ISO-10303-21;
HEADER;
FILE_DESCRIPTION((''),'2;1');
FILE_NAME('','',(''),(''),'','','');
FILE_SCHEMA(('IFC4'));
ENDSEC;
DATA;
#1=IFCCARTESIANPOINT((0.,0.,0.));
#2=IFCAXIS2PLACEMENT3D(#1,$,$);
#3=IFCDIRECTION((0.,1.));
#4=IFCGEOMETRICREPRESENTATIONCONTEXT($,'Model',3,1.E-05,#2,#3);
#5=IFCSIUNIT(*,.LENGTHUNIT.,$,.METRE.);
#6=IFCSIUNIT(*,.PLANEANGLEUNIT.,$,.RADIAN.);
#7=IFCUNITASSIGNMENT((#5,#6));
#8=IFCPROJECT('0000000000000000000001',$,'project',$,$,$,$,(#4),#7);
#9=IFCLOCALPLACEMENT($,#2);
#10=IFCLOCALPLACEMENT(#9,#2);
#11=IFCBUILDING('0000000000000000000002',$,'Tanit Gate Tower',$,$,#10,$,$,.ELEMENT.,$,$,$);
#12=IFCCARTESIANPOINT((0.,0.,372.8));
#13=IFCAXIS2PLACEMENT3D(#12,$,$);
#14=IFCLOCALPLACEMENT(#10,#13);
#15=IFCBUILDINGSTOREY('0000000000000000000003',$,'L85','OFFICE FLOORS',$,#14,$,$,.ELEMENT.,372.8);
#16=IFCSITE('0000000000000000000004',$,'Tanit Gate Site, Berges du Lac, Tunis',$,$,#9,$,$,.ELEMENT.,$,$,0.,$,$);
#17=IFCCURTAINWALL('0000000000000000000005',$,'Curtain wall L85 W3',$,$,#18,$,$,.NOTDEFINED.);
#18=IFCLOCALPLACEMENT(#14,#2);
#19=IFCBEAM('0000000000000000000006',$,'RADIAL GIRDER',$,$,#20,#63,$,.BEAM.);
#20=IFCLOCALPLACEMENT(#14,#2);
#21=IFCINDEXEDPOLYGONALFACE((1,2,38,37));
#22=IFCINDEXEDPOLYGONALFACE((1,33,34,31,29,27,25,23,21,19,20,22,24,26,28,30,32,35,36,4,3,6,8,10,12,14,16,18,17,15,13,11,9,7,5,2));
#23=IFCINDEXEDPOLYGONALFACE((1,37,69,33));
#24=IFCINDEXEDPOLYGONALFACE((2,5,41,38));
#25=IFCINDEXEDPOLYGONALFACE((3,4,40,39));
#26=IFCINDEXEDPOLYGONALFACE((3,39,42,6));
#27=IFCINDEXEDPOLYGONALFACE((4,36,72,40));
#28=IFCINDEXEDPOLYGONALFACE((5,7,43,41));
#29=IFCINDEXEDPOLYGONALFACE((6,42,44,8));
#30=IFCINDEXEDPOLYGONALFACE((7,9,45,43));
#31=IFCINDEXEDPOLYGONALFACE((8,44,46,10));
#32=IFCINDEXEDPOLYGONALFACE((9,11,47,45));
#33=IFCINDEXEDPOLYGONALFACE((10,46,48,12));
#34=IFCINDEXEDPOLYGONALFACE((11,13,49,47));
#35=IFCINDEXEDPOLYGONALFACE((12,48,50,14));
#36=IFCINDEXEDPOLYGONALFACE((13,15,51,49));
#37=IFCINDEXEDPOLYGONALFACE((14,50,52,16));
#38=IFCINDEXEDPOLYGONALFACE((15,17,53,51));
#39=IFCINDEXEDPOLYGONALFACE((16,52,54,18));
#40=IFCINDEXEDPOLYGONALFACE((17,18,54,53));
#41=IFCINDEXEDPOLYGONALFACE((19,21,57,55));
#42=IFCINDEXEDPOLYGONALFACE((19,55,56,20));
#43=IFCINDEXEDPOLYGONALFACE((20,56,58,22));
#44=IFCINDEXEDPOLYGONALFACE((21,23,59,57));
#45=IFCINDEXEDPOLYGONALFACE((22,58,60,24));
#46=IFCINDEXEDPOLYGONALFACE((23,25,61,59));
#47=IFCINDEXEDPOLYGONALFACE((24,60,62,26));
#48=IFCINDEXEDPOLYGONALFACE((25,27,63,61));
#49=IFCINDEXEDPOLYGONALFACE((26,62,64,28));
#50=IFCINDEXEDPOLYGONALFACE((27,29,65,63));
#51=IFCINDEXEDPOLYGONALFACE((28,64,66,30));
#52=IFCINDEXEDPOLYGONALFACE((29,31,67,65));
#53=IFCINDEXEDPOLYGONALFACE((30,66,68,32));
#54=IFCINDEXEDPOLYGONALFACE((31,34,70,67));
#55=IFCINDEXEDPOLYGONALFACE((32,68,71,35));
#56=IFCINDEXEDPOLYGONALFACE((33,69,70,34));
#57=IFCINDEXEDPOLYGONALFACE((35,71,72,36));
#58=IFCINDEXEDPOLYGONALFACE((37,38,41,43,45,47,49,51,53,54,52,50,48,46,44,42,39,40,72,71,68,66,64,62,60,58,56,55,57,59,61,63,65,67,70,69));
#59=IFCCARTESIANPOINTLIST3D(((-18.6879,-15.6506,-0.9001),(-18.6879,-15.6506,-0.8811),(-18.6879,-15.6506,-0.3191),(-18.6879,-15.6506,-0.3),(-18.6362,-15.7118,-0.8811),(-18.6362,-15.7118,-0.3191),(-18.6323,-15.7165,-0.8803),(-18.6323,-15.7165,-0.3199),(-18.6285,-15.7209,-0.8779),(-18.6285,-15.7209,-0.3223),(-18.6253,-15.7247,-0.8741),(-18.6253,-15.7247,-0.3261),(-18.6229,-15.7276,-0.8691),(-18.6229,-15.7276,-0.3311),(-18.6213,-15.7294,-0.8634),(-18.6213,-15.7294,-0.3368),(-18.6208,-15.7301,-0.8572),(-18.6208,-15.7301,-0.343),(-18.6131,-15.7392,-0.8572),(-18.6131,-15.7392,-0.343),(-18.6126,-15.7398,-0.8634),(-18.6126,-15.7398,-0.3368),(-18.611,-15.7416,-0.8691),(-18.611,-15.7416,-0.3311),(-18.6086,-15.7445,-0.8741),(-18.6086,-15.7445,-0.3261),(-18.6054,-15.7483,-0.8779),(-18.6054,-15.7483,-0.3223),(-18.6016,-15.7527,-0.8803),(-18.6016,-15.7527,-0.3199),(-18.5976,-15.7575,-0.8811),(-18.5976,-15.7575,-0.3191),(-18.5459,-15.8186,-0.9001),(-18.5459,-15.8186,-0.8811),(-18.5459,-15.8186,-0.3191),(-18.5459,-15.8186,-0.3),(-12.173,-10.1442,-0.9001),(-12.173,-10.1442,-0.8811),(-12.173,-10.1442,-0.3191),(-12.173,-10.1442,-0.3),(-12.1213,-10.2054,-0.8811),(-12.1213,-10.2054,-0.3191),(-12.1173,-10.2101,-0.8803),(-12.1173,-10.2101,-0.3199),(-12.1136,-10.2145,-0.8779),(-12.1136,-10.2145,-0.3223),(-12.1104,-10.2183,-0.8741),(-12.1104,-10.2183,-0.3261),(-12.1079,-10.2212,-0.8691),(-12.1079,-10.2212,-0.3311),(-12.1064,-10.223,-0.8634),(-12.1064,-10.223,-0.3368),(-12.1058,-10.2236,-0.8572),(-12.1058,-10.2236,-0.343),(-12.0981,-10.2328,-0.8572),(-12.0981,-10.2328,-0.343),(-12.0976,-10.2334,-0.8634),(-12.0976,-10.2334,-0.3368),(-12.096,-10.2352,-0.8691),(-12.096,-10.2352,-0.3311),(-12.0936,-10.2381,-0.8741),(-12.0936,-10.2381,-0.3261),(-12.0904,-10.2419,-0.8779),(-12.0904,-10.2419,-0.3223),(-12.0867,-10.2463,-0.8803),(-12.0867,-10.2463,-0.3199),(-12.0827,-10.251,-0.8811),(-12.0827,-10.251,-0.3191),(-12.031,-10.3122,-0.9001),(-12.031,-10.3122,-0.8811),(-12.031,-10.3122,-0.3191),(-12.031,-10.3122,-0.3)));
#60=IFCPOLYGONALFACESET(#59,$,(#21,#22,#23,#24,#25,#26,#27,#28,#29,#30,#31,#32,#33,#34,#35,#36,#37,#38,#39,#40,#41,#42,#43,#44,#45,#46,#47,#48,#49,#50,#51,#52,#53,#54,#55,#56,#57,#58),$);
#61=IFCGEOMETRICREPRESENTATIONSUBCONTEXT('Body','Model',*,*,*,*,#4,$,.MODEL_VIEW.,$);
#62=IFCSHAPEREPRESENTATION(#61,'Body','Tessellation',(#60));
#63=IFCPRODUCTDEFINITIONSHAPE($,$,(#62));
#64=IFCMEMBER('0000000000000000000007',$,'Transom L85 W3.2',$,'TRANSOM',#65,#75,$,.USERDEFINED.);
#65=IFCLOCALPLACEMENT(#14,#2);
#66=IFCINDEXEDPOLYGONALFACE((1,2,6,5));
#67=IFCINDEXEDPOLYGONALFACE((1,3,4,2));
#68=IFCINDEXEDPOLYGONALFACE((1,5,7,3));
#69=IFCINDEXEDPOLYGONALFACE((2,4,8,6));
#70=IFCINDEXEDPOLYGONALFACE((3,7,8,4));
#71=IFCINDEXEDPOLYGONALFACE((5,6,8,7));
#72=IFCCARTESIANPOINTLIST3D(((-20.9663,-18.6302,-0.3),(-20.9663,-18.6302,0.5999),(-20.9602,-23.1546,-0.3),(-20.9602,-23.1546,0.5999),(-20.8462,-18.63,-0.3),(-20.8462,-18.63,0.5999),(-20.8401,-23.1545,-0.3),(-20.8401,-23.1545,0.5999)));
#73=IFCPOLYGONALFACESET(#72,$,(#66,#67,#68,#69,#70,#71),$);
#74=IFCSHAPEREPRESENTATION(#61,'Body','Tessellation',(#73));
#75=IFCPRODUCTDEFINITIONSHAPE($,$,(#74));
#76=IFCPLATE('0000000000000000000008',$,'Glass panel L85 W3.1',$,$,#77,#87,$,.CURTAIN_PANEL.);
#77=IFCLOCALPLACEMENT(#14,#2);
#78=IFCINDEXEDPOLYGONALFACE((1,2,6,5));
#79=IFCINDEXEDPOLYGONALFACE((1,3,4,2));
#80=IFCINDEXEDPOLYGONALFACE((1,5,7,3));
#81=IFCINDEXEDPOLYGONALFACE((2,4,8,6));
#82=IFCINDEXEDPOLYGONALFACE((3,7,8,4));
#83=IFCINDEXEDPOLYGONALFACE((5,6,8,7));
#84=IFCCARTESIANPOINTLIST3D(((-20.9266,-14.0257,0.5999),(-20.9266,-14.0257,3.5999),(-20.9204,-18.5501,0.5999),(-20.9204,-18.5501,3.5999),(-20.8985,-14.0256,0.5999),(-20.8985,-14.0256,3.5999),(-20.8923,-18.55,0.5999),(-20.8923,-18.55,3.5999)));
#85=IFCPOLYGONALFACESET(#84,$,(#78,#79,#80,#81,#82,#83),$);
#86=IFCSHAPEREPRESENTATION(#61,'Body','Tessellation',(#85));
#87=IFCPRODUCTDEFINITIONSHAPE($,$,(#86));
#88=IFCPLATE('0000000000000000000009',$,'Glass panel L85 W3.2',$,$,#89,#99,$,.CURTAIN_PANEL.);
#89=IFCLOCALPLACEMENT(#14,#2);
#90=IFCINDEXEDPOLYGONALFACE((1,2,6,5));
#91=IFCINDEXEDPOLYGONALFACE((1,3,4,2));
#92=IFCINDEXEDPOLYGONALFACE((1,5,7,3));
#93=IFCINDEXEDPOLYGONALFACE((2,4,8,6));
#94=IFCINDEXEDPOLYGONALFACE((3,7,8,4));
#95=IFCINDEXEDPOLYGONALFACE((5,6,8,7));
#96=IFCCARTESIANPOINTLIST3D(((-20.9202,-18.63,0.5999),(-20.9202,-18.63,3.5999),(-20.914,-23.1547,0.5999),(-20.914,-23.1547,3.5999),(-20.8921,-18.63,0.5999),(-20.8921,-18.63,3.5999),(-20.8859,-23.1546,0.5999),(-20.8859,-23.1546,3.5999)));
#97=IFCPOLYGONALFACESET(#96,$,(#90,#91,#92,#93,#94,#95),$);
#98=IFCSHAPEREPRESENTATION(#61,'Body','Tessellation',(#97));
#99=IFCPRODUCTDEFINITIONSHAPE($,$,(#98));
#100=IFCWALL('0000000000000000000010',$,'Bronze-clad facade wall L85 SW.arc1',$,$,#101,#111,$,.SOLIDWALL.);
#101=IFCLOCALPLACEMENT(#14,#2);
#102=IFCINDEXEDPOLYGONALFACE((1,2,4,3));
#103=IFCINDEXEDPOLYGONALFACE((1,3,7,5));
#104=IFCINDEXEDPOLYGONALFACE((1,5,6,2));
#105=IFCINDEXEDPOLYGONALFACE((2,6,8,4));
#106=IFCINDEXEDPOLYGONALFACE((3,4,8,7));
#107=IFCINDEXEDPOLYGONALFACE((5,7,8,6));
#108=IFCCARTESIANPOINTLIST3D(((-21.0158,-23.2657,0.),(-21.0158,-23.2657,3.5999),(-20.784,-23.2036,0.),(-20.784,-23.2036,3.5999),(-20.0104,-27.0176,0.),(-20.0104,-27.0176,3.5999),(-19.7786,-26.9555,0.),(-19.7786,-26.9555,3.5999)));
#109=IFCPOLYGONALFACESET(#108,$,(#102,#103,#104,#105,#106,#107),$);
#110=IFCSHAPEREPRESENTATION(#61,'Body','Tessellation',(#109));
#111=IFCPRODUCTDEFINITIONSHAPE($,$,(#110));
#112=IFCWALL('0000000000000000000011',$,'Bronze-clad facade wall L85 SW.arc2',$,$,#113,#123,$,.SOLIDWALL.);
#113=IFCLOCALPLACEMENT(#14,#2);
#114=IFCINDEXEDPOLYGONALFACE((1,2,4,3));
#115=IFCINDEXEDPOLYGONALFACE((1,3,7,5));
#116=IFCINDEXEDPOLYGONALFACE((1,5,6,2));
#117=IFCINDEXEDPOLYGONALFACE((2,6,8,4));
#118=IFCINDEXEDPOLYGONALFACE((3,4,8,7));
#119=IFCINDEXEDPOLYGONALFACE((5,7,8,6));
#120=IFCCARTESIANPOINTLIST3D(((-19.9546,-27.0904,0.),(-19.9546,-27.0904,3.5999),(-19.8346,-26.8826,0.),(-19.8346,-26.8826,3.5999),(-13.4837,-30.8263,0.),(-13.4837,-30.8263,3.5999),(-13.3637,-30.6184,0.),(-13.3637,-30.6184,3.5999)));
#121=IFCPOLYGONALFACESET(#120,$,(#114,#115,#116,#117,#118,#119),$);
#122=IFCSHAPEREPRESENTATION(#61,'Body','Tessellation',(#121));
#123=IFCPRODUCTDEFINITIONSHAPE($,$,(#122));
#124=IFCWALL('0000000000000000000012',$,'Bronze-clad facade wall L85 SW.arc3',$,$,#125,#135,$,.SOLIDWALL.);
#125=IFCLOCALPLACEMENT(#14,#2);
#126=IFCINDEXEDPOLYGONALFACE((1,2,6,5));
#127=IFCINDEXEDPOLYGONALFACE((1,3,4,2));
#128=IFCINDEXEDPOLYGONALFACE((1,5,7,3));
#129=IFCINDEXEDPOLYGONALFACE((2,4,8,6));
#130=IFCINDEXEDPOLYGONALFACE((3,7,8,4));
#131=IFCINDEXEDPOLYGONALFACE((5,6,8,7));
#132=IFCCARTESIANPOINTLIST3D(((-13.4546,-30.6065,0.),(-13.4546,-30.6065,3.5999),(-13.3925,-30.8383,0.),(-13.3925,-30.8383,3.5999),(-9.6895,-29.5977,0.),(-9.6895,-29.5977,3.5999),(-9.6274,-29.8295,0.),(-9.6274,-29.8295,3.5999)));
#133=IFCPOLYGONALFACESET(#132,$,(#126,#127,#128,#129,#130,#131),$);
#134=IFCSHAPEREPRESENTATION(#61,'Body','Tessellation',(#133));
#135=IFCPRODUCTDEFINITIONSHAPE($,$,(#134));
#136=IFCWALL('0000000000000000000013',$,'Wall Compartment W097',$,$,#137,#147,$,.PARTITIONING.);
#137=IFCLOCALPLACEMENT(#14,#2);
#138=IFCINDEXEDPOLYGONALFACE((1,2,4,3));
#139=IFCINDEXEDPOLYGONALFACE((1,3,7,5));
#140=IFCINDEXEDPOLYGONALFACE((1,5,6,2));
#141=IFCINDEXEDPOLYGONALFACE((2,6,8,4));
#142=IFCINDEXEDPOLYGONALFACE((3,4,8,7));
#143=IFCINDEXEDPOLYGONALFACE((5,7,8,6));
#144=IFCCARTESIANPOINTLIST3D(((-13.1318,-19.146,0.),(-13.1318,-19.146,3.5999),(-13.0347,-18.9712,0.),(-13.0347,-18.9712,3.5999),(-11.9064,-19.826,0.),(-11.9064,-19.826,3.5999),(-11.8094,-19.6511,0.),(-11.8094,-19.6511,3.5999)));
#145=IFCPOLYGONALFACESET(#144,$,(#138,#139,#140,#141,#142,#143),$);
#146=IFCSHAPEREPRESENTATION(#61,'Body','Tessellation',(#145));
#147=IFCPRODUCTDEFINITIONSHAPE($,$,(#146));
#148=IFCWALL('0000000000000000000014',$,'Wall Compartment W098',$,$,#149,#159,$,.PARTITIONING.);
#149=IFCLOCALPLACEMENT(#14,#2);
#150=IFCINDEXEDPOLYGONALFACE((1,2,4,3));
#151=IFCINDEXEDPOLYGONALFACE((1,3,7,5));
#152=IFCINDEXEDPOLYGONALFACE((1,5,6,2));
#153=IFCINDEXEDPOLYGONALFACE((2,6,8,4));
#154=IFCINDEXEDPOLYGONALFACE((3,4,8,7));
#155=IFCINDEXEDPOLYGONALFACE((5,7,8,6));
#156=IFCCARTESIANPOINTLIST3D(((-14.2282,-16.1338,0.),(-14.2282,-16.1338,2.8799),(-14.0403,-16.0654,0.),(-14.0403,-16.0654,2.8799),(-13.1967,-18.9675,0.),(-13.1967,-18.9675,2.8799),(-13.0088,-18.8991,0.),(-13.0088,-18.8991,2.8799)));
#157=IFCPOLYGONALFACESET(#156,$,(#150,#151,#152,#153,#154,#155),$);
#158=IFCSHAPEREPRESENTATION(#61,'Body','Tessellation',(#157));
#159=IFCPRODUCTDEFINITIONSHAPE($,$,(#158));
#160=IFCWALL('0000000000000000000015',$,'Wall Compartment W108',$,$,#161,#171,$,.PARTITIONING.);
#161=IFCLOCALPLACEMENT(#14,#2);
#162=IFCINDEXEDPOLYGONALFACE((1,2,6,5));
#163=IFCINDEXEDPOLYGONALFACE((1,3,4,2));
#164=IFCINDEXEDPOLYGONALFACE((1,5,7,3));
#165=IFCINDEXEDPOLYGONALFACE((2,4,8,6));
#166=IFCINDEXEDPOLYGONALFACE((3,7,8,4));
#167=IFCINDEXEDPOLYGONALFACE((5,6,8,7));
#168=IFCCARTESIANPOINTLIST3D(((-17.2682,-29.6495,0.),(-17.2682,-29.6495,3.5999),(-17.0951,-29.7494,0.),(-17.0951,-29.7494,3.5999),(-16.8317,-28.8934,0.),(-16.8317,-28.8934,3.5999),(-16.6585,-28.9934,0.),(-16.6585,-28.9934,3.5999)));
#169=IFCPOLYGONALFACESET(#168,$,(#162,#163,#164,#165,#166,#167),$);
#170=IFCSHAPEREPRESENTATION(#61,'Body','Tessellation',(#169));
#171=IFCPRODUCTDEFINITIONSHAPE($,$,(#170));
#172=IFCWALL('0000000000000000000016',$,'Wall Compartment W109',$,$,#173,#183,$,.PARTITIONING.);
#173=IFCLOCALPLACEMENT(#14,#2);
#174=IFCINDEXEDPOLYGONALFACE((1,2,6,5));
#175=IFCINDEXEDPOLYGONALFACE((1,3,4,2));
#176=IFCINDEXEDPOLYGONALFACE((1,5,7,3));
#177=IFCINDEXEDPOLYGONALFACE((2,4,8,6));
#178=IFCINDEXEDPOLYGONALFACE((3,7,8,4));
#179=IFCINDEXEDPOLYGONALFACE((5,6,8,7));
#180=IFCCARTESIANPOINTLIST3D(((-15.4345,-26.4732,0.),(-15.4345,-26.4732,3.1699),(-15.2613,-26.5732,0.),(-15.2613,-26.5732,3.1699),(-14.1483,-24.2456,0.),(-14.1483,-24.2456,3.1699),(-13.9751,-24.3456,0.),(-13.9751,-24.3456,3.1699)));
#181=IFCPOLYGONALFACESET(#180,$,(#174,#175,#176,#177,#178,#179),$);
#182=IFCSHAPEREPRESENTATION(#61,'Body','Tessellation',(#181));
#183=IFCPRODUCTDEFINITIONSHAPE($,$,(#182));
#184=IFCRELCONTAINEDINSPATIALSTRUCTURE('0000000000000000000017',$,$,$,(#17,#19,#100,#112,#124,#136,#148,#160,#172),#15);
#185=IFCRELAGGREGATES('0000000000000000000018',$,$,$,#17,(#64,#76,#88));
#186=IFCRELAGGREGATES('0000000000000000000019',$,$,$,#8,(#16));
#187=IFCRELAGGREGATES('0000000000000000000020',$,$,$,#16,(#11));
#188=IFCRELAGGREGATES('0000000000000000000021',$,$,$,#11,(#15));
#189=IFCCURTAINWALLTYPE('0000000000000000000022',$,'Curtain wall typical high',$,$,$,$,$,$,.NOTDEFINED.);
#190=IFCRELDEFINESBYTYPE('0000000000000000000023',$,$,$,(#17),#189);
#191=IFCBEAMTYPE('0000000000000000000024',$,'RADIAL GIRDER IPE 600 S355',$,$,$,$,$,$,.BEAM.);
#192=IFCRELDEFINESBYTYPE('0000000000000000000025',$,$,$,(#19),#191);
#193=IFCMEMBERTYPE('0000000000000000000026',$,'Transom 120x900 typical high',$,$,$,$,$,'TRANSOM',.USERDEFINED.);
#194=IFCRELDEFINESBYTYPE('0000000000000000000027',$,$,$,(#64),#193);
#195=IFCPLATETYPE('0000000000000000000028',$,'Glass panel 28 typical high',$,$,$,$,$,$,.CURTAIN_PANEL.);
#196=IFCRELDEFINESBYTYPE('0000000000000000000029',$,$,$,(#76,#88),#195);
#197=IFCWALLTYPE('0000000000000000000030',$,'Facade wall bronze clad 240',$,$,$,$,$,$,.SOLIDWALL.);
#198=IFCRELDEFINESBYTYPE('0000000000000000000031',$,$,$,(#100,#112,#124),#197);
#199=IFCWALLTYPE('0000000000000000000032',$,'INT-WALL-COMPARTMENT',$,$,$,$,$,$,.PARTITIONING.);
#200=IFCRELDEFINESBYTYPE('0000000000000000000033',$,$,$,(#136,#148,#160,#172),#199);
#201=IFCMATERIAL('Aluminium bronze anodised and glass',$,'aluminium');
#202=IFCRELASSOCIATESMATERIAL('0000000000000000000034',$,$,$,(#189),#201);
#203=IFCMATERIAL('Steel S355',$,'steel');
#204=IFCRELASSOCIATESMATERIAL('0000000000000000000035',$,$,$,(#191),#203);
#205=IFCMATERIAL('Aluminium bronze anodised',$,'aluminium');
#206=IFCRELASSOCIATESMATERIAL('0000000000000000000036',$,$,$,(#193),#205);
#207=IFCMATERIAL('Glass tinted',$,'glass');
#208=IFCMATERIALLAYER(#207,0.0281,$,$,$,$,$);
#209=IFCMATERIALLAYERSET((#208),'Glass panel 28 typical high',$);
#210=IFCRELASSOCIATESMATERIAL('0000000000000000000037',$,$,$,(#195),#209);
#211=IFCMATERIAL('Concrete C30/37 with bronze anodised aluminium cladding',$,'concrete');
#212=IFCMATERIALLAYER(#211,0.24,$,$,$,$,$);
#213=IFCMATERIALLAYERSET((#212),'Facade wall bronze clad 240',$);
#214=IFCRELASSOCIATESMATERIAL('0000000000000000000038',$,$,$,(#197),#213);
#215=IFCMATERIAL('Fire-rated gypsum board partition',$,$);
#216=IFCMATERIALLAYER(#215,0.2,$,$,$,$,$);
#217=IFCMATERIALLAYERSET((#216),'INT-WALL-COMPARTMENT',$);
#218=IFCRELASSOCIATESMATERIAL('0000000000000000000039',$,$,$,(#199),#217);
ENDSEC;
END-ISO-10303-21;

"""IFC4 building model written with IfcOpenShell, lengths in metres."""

from ifc_helpers import new_model, si_unit, direction, frame, frame_2d, origin, origin_2d, place, context, subcontext, project, spatial, rectangle, i_section, extrude, material, layer, layer_set, material_profile, profile_set, type_object, element, aggregate, save


model = new_model("IFC4")

# Units and contexts
model_context = context("Model", 3, precision=1e-05, world=origin(), true_north=direction((0.0, 1.0)))
body_context = subcontext(model_context, "Body", "Model", "MODEL_VIEW")
ifc_project = project(units=[si_unit("LENGTHUNIT", "METRE"), si_unit("PLANEANGLEUNIT", "RADIAN")], contexts=[model_context])

# Site, building, storey
site_placement = place(None, origin())
site = spatial("IfcSite", under=ifc_project, at=site_placement, Name="Tanit Gate Site, Berges du Lac, Tunis", CompositionType="ELEMENT", RefElevation=0.0)
building_placement = place(site_placement, origin())
building = spatial("IfcBuilding", under=site, at=building_placement, Name="Tanit Gate Tower", CompositionType="ELEMENT")
storey_placement = place(building_placement, frame((0.0, 0.0, 372.8)))
storey = spatial("IfcBuildingStorey", under=building, at=storey_placement, Name="L85", Description="OFFICE FLOORS", CompositionType="ELEMENT", Elevation=372.8)

# Curtain wall
ifc_material_1 = material(Name="Aluminium bronze anodised and glass", Category="aluminium")
curtain_wall_type = type_object("IfcCurtainWallType", Name="Curtain wall typical high", PredefinedType="NOTDEFINED", material=ifc_material_1)
curtain_wall_placement = place(storey_placement, origin())
curtain_wall = element("IfcCurtainWall", 1, at=curtain_wall_placement, inside=storey, type_object=curtain_wall_type, Name="Curtain wall L85 W3", PredefinedType="NOTDEFINED")

# Beam
ifc_material_2 = material(Name="Steel S355", Category="steel")
ifc_material_profile_1 = material_profile(ifc_material_2, i_section(OverallWidth=0.22, OverallDepth=0.6001, WebThickness=0.012, FlangeThickness=0.019, FilletRadius=0.0239, at=origin_2d()), Name="IPE 600")
ifc_profile_set_1 = profile_set([ifc_material_profile_1], Name="Steel S355")
beam_type_1 = type_object("IfcBeamType", Name="RADIAL GIRDER IPE 600 S355", PredefinedType="BEAM", material=ifc_profile_set_1)
beam_1_placement = place(storey_placement, frame((-18.6169, -15.7346, -0.6001), z_axis=(0.763748, 0.645515, 0.0), x_axis=(-0.645515, 0.763748, 0.0)))
element("IfcBeam", 2, at=beam_1_placement, inside=storey, type_object=beam_type_1, Name="RADIAL GIRDER", PredefinedType="BEAM", context=body_context, shape_type="SweptSolid", body=[
    extrude(i_section(OverallWidth=0.22, OverallDepth=0.6001, WebThickness=0.012, FlangeThickness=0.019, FilletRadius=0.0239, at=origin_2d()), origin(), (0.0, 0.0, 1.0), 8.5303),
])

# Member
ifc_material_3 = material(Name="Aluminium bronze anodised", Category="aluminium")
ifc_material_profile_2 = material_profile(ifc_material_3, rectangle(XDim=0.1201, YDim=0.8999, at=origin_2d()), Name="120x900 bronze transom")
ifc_profile_set_2 = profile_set([ifc_material_profile_2], Name="Aluminium bronze anodised")
member_type_1 = type_object("IfcMemberType", Name="Transom 120x900 typical high", ElementType="TRANSOM", PredefinedType="USERDEFINED", material=ifc_profile_set_2)
member_1_placement = place(storey_placement, frame((-20.9062, -18.6301, 0.1499), z_axis=(0.001349, -0.999999, 0.0), x_axis=(0.999999, 0.001349, 0.0)))
member_1 = element("IfcMember", 3, at=member_1_placement, type_object=member_type_1, Name="Transom L85 W3.2", ObjectType="TRANSOM", PredefinedType="USERDEFINED", context=body_context, shape_type="SweptSolid", body=[
    extrude(rectangle(XDim=0.1201, YDim=0.8999, at=origin_2d()), origin(), (0.0, 0.0, 1.0), 4.5244),
])

# Plates
ifc_material_4 = material(Name="Glass tinted", Category="glass")
ifc_layer_1 = layer(ifc_material_4, 0.0281)
ifc_layer_set_1 = layer_set([ifc_layer_1], Name="Glass panel 28 typical high")
plate_type = type_object("IfcPlateType", Name="Glass panel 28 typical high", PredefinedType="CURTAIN_PANEL", material=ifc_layer_set_1)
plate_1_placement = place(storey_placement, frame((-20.9094, -16.2878, 0.5999), z_axis=(0.0, 0.0, 1.0), x_axis=(0.001372, -0.999999, 0.0)))
plate_1 = element("IfcPlate", 4, at=plate_1_placement, type_object=plate_type, Name="Glass panel L85 W3.1", PredefinedType="CURTAIN_PANEL", context=body_context, shape_type="SweptSolid", body=[
    extrude(rectangle(XDim=4.5244, YDim=0.0281, at=origin_2d()), origin(), (0.0, 0.0, 1.0), 3.0),
])
plate_2_placement = place(storey_placement, frame((-20.9031, -20.8923, 0.5999), z_axis=(0.0, 0.0, 1.0), x_axis=(0.001372, -0.999999, 0.0)))
plate_2 = element("IfcPlate", 5, at=plate_2_placement, type_object=plate_type, Name="Glass panel L85 W3.2", PredefinedType="CURTAIN_PANEL", context=body_context, shape_type="SweptSolid", body=[
    extrude(rectangle(XDim=4.5247, YDim=0.0281, at=origin_2d()), origin(), (0.0, 0.0, 1.0), 3.0),
])
aggregate(curtain_wall, [member_1, plate_1, plate_2])

# Walls
ifc_material_5 = material(Name="Concrete C30/37 with bronze anodised aluminium cladding", Category="concrete")
ifc_layer_2 = layer(ifc_material_5, 0.24)
ifc_layer_set_2 = layer_set([ifc_layer_2], Name="Facade wall bronze clad 240")
wall_type_1 = type_object("IfcWallType", Name="Facade wall bronze clad 240", PredefinedType="SOLIDWALL", material=ifc_layer_set_2)
wall_1_placement = place(storey_placement, frame((-20.8999, -23.2346, 0.0), z_axis=(0.0, 0.0, 1.0), x_axis=(0.258828, -0.965923, 0.0)))
element("IfcWall", 6, at=wall_1_placement, inside=storey, type_object=wall_type_1, Name="Bronze-clad facade wall L85 SW.arc1", PredefinedType="SOLIDWALL", context=body_context, shape_type="SweptSolid", body=[
    extrude(rectangle(XDim=3.8843, YDim=0.24, at=frame_2d((1.9421, 0.0))), origin(), (0.0, 0.0, 1.0), 3.5999),
])
wall_2_placement = place(storey_placement, frame((-19.8945, -26.9866, 0.0), z_axis=(0.0, 0.0, 1.0), x_axis=(0.866035, -0.499984, 0.0)))
element("IfcWall", 7, at=wall_2_placement, inside=storey, type_object=wall_type_1, Name="Bronze-clad facade wall L85 SW.arc2", PredefinedType="SOLIDWALL", context=body_context, shape_type="SweptSolid", body=[
    extrude(rectangle(XDim=7.4719, YDim=0.24, at=frame_2d((3.7358, 0.0))), origin(), (0.0, 0.0, 1.0), 3.5999),
])
wall_3_placement = place(storey_placement, frame((-13.4236, -30.7224, 0.0), z_axis=(0.0, 0.0, 1.0), x_axis=(0.965931, 0.258801, 0.0)))
element("IfcWall", 8, at=wall_3_placement, inside=storey, type_object=wall_type_1, Name="Bronze-clad facade wall L85 SW.arc3", PredefinedType="SOLIDWALL", context=body_context, shape_type="SweptSolid", body=[
    extrude(rectangle(XDim=3.8979, YDim=0.24, at=frame_2d((1.949, 0.0))), origin(), (0.0, 0.0, 1.0), 3.5999),
])
ifc_material_6 = material(Name="Fire-rated gypsum board partition")
ifc_layer_3 = layer(ifc_material_6, 0.2)
ifc_layer_set_3 = layer_set([ifc_layer_3], Name="INT-WALL-COMPARTMENT")
wall_type_2 = type_object("IfcWallType", Name="INT-WALL-COMPARTMENT", PredefinedType="PARTITIONING", material=ifc_layer_set_3)
wall_4_placement = place(storey_placement, frame((-13.0833, -19.0586, 0.0), z_axis=(0.0, 0.0, 1.0), x_axis=(0.874404, -0.485199, 0.0)))
element("IfcWall", 9, at=wall_4_placement, inside=storey, type_object=wall_type_2, Name="Wall Compartment W097", PredefinedType="PARTITIONING", context=body_context, shape_type="SweptSolid", body=[
    extrude(rectangle(XDim=1.4014, YDim=0.2, at=frame_2d((0.7007, 0.0))), origin(), (0.0, 0.0, 1.0), 3.5999),
])
wall_5_placement = place(storey_placement, frame((-14.1343, -16.0996, 0.0), z_axis=(0.0, 0.0, 1.0), x_axis=(0.342049, -0.939682, 0.0)))
element("IfcWall", 10, at=wall_5_placement, inside=storey, type_object=wall_type_2, Name="Wall Compartment W098", PredefinedType="PARTITIONING", context=body_context, shape_type="SweptSolid", body=[
    extrude(rectangle(XDim=3.0156, YDim=0.2, at=frame_2d((1.5078, 0.0))), origin(), (0.0, 0.0, 1.0), 2.8799),
])
wall_6_placement = place(storey_placement, frame((-17.1816, -29.6995, 0.0), z_axis=(0.0, 0.0, 1.0), x_axis=(0.499989, 0.866032, 0.0)))
element("IfcWall", 11, at=wall_6_placement, inside=storey, type_object=wall_type_2, Name="Wall Compartment W108", PredefinedType="PARTITIONING", context=body_context, shape_type="SweptSolid", body=[
    extrude(rectangle(XDim=0.873, YDim=0.2, at=frame_2d((0.4365, 0.0))), origin(), (0.0, 0.0, 1.0), 3.5999),
])
wall_7_placement = place(storey_placement, frame((-15.3479, -26.5232, 0.0), z_axis=(0.0, 0.0, 1.0), x_axis=(0.500018, 0.866015, 0.0)))
element("IfcWall", 12, at=wall_7_placement, inside=storey, type_object=wall_type_2, Name="Wall Compartment W109", PredefinedType="PARTITIONING", context=body_context, shape_type="SweptSolid", body=[
    extrude(rectangle(XDim=2.5723, YDim=0.2, at=frame_2d((1.2861, 0.0))), origin(), (0.0, 0.0, 1.0), 3.1699),
])

save(model, "model.ifc")
